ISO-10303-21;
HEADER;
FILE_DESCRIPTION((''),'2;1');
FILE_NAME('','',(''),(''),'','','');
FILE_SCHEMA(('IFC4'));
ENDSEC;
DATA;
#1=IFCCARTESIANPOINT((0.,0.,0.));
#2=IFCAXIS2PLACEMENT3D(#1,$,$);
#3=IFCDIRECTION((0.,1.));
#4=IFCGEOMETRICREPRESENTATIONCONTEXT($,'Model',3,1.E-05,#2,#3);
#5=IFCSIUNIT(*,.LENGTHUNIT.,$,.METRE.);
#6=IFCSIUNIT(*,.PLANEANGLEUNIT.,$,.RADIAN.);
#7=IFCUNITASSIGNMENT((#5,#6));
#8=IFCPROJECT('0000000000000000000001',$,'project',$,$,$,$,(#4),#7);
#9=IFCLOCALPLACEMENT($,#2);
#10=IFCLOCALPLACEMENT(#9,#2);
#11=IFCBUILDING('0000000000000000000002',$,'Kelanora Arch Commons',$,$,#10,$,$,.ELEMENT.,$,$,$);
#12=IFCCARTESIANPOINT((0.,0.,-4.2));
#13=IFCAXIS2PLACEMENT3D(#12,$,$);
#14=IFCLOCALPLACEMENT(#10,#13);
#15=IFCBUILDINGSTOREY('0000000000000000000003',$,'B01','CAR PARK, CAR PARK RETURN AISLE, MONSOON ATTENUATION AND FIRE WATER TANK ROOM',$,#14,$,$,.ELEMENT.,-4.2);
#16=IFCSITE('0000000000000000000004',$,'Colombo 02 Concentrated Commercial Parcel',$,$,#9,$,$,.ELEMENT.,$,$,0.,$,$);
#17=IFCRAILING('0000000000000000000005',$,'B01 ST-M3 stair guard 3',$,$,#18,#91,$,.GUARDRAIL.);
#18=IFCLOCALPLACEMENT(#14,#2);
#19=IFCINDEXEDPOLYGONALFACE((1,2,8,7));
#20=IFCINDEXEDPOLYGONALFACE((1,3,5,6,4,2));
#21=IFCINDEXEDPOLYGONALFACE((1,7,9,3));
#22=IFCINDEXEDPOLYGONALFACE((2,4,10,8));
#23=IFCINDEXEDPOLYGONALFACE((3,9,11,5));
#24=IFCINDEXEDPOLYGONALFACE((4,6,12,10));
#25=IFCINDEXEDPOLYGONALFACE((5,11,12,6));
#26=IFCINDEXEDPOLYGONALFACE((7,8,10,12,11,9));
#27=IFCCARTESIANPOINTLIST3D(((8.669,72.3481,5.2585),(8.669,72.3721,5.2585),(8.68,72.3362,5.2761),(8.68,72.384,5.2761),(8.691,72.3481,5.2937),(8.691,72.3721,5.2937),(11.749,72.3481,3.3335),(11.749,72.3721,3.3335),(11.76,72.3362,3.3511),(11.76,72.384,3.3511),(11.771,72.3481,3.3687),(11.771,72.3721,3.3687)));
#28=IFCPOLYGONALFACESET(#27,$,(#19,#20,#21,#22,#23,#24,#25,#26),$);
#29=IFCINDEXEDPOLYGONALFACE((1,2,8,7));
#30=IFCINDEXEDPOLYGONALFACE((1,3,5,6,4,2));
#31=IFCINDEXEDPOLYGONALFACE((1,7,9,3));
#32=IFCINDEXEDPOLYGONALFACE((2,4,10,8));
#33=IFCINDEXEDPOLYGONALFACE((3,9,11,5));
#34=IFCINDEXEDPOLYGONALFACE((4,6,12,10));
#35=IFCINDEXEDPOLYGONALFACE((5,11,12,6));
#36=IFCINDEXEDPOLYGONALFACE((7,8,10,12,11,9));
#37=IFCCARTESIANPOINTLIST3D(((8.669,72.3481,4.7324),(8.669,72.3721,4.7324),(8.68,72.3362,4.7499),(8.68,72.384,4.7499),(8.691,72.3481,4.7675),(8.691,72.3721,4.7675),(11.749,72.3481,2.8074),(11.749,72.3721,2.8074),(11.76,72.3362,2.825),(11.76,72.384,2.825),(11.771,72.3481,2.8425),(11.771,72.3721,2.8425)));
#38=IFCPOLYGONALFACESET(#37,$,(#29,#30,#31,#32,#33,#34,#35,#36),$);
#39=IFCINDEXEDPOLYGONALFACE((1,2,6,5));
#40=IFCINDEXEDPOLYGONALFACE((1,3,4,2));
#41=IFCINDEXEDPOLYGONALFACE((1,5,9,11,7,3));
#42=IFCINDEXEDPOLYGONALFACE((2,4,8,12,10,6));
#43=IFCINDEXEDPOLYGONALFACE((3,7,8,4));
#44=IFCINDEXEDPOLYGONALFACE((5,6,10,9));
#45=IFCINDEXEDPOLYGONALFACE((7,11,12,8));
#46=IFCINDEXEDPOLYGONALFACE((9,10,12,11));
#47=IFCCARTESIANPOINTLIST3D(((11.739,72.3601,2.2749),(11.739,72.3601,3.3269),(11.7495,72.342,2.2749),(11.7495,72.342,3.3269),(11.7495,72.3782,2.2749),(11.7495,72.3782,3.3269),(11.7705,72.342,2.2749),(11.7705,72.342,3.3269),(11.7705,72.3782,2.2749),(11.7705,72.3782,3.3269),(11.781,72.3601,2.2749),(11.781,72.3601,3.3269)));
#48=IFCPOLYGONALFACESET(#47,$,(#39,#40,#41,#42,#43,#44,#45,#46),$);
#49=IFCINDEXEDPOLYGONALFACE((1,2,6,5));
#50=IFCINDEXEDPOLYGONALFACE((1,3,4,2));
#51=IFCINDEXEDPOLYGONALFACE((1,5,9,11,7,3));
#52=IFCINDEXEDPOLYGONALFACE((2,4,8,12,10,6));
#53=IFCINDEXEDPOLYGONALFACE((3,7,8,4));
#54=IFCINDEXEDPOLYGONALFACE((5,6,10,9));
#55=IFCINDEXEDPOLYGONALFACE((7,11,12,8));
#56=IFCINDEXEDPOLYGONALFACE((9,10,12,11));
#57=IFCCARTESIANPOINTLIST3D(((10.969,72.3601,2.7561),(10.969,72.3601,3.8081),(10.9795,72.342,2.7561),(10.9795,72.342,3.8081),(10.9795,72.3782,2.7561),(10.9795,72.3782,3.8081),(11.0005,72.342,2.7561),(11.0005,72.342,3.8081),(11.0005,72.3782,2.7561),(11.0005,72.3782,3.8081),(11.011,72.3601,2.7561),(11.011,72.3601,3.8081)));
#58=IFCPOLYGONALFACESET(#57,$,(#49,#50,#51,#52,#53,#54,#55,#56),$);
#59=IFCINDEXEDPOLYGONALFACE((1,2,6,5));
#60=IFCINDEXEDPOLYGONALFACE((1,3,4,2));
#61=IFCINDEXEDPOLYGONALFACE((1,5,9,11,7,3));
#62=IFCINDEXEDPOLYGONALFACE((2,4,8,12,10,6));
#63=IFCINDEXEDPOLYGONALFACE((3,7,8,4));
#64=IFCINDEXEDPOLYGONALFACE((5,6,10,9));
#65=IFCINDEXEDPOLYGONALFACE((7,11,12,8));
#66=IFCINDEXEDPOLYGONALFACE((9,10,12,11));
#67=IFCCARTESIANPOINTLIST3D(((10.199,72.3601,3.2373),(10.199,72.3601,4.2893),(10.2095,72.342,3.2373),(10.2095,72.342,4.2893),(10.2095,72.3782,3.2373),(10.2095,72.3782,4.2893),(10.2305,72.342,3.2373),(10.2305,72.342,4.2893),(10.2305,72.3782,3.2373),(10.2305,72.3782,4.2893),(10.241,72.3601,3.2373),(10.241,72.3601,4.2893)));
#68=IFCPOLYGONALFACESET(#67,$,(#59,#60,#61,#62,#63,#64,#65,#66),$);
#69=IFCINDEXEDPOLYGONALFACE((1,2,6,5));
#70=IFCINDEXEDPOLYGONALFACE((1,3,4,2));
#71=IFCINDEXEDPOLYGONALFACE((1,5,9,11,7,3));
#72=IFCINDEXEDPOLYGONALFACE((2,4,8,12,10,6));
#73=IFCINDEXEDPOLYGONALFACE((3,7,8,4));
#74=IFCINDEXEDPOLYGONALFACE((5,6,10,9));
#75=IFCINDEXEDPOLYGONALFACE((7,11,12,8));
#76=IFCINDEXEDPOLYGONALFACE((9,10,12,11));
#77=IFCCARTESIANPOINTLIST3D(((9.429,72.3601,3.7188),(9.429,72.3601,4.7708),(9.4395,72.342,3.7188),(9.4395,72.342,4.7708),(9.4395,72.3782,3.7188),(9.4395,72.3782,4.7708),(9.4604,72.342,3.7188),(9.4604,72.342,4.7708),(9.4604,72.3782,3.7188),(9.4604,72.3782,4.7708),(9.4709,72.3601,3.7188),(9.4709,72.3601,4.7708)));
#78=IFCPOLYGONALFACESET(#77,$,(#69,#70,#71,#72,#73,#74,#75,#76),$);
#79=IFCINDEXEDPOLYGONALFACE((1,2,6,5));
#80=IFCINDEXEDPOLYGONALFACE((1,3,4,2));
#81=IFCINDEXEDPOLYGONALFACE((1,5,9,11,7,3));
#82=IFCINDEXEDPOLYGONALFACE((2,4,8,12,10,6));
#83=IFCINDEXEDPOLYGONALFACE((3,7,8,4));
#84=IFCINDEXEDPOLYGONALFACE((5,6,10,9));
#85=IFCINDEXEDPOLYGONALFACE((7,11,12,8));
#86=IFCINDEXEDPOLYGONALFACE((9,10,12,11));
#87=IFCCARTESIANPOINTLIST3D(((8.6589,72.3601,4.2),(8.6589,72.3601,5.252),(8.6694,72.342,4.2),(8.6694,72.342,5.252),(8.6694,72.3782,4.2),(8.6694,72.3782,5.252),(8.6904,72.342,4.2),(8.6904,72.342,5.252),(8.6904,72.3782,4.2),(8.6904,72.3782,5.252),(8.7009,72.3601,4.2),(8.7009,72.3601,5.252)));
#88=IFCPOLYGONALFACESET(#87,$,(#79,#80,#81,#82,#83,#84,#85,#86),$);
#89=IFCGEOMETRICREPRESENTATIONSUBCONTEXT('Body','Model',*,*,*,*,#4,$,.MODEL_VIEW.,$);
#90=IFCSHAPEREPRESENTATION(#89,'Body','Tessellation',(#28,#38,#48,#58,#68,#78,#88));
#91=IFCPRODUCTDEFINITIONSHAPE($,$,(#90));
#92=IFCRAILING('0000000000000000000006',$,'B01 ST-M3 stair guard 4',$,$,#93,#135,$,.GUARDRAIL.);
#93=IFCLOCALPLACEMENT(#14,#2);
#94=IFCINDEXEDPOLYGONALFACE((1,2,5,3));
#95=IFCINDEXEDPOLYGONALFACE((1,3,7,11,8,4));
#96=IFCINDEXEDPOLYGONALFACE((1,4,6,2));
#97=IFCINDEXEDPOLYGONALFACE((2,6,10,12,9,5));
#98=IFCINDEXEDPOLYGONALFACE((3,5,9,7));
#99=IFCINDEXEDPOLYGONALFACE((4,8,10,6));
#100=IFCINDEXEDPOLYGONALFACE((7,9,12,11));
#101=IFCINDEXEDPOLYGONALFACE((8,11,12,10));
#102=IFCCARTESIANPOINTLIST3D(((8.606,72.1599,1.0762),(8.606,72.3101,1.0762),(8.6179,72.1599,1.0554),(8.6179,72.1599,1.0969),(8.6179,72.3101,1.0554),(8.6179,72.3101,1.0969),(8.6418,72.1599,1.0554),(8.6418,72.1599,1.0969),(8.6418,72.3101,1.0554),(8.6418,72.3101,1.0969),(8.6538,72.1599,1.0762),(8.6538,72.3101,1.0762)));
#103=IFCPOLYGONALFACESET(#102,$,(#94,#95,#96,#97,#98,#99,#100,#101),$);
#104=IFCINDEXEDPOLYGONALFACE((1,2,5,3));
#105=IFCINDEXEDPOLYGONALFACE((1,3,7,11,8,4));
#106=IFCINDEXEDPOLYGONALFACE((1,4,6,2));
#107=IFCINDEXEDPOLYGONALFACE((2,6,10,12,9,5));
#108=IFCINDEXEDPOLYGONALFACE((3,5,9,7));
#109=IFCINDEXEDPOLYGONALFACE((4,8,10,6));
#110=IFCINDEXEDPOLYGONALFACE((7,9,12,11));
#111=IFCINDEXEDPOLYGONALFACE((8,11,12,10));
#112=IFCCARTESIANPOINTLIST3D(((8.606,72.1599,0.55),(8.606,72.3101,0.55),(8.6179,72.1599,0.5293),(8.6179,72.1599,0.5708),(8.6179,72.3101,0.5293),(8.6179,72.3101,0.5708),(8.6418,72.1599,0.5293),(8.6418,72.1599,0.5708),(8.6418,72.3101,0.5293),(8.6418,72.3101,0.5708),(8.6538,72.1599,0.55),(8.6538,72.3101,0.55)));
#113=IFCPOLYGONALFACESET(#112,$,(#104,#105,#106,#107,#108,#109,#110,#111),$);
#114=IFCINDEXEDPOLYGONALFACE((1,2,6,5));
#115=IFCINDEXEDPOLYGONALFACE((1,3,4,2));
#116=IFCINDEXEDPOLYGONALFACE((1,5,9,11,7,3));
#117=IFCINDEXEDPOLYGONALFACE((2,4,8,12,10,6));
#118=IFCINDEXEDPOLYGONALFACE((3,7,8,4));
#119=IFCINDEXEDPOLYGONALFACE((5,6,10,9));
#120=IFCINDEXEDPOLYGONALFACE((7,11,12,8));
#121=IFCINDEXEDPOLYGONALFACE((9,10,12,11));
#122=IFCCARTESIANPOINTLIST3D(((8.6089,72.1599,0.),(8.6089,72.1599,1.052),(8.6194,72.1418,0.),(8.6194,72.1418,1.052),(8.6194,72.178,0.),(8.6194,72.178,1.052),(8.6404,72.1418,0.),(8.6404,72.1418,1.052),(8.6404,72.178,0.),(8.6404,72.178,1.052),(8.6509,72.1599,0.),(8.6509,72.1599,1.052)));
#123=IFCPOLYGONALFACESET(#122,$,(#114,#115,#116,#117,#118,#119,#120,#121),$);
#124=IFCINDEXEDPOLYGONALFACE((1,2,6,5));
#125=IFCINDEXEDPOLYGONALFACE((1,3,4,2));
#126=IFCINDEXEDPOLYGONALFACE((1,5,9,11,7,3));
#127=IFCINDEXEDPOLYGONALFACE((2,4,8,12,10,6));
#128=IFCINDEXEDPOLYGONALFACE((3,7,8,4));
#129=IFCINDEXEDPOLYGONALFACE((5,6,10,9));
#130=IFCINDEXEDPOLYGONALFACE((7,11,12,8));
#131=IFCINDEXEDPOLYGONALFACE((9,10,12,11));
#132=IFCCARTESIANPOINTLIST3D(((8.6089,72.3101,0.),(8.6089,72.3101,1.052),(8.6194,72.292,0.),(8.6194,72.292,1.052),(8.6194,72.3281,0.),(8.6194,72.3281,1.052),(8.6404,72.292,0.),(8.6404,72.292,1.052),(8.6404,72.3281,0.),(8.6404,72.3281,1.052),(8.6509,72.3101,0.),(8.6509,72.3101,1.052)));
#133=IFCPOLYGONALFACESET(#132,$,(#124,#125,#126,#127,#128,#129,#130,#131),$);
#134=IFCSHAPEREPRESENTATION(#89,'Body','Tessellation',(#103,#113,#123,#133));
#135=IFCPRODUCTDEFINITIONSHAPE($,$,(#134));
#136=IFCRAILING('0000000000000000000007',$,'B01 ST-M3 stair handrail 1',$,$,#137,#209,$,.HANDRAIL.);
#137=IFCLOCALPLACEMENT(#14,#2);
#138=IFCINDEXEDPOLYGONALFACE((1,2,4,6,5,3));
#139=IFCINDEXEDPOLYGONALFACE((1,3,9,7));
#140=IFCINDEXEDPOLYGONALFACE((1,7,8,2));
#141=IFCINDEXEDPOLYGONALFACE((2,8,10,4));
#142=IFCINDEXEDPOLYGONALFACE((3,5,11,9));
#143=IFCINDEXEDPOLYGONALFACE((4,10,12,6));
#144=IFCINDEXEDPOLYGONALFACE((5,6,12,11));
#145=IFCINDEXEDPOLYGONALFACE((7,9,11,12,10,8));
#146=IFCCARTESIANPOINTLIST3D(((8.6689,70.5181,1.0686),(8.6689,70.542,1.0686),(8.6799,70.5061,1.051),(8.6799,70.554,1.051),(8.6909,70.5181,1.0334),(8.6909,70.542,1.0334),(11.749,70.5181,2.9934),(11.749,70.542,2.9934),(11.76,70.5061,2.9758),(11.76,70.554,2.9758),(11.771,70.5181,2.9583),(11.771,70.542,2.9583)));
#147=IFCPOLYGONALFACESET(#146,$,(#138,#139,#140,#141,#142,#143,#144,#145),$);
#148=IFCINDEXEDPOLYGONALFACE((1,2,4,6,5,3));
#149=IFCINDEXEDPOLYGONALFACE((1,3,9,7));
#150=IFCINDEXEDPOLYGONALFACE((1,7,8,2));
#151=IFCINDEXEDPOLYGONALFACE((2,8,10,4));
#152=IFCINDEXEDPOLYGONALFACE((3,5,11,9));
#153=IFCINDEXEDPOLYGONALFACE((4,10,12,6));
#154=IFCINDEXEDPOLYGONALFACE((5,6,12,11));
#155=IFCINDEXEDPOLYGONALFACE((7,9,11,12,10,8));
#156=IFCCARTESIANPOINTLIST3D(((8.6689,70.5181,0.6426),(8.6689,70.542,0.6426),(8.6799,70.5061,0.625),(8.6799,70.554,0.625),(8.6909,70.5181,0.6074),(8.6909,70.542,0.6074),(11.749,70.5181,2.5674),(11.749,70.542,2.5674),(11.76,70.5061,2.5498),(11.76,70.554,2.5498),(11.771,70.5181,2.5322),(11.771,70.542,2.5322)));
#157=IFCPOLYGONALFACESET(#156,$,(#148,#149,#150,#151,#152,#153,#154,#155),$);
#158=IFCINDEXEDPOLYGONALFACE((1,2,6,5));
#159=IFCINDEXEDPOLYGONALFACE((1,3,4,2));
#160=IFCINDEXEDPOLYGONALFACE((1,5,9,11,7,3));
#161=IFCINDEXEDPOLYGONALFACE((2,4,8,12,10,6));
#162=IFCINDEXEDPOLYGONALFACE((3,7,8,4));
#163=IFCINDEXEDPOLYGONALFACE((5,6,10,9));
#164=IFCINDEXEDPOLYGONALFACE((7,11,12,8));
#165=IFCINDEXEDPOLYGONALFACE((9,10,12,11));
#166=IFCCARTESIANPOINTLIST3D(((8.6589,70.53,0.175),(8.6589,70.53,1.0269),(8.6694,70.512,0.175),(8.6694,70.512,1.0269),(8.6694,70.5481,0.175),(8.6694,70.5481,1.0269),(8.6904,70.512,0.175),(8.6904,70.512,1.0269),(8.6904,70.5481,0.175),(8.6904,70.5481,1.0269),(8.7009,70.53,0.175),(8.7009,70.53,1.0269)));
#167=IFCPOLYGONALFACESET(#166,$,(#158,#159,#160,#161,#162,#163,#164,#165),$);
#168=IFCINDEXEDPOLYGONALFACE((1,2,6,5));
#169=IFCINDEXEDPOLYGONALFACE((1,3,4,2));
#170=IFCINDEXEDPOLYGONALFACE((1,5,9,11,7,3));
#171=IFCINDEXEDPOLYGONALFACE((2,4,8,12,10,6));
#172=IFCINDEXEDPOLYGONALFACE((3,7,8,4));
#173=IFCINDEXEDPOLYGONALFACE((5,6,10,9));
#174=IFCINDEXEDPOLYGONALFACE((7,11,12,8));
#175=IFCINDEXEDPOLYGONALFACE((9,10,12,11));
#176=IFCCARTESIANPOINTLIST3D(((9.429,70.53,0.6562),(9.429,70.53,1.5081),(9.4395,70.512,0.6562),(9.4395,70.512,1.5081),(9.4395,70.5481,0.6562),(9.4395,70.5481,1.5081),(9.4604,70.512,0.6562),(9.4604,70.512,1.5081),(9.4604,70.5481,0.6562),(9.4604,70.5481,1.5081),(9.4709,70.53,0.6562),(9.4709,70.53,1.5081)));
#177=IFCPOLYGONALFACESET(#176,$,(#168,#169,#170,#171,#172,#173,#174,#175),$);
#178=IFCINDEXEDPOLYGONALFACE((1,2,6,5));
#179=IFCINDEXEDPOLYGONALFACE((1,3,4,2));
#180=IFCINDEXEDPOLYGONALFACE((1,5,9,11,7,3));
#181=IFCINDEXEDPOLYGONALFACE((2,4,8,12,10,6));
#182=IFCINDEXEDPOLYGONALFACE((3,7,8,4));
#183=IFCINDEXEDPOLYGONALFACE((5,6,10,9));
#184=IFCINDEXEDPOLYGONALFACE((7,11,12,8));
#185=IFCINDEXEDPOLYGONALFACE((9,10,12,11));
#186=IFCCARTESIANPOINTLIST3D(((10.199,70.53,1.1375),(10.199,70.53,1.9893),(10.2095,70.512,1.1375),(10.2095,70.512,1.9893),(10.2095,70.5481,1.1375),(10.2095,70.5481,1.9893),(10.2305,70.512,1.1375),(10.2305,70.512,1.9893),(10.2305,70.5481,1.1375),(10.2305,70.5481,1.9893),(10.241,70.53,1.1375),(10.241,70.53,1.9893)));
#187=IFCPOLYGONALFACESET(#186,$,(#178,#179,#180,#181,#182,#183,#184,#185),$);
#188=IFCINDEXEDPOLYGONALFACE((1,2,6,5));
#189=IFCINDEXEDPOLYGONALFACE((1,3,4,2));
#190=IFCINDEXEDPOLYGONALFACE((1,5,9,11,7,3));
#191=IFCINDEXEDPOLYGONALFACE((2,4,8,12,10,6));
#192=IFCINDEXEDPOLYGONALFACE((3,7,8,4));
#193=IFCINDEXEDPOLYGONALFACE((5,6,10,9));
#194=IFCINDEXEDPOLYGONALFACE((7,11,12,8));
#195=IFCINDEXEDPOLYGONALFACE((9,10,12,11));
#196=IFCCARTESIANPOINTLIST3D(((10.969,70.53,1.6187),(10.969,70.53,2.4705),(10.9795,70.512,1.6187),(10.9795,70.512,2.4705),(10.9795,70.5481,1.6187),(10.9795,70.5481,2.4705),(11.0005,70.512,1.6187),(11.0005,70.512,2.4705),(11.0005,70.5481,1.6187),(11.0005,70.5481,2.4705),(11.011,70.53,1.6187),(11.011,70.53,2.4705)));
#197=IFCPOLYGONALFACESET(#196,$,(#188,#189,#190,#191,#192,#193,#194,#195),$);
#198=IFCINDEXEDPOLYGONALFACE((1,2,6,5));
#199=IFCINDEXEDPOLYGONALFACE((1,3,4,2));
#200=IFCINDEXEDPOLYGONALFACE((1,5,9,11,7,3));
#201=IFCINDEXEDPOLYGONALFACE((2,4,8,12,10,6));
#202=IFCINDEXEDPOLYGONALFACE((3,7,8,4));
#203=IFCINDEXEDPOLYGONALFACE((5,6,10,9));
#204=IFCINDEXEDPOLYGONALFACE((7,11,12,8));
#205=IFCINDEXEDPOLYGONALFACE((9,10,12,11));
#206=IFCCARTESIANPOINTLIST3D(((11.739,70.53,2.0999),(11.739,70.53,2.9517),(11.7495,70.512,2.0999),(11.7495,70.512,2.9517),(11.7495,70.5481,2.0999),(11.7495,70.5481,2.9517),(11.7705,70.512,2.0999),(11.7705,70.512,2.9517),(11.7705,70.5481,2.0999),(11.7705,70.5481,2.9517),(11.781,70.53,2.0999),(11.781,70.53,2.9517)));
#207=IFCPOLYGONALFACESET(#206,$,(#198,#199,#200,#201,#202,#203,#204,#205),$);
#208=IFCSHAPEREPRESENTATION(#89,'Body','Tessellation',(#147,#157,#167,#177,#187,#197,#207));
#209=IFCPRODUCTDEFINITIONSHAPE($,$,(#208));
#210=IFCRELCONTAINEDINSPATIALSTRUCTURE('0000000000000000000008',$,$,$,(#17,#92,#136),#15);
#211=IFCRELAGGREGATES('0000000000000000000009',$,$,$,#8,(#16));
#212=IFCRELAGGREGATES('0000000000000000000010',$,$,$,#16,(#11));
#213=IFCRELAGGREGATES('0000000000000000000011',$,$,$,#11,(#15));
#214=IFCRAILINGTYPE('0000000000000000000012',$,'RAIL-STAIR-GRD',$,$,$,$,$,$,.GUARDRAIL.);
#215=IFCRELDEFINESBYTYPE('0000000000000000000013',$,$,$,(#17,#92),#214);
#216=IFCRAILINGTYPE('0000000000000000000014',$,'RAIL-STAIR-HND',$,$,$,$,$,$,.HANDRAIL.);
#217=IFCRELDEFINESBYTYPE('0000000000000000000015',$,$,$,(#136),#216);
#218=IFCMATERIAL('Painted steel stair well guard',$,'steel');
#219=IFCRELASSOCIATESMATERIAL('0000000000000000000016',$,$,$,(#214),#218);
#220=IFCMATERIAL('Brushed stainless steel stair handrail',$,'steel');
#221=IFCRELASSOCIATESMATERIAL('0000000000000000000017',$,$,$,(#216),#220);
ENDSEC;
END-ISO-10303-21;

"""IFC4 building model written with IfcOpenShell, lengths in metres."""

from ifc_helpers import new_model, si_unit, direction, frame, origin, place, context, subcontext, project, spatial, polyline, outline, extrude, material, type_object, element, save


model = new_model("IFC4")

# Units and contexts
model_context = context("Model", 3, precision=1e-05, world=origin(), true_north=direction((0.0, 1.0)))
body_context = subcontext(model_context, "Body", "Model", "MODEL_VIEW")
ifc_project = project(units=[si_unit("LENGTHUNIT", "METRE"), si_unit("PLANEANGLEUNIT", "RADIAN")], contexts=[model_context])

# Site, building, storey
site_placement = place(None, origin())
site = spatial("IfcSite", under=ifc_project, at=site_placement, Name="Colombo 02 Concentrated Commercial Parcel", CompositionType="ELEMENT", RefElevation=0.0)
building_placement = place(site_placement, origin())
building = spatial("IfcBuilding", under=site, at=building_placement, Name="Kelanora Arch Commons", CompositionType="ELEMENT")
storey_placement = place(building_placement, frame((0.0, 0.0, -4.2)))
storey = spatial("IfcBuildingStorey", under=building, at=storey_placement, Name="B01", Description="CAR PARK, CAR PARK RETURN AISLE, MONSOON ATTENUATION AND FIRE WATER TANK ROOM", CompositionType="ELEMENT", Elevation=-4.2)

# Railings
ifc_material_1 = material(Name="Painted steel stair well guard", Category="steel")
railing_type_1 = type_object("IfcRailingType", Name="RAIL-STAIR-GRD", PredefinedType="GUARDRAIL", material=ifc_material_1)
railing_1_placement = place(storey_placement, frame((11.76, 72.3601, 2.2749)))
element("IfcRailing", 1, at=railing_1_placement, inside=storey, type_object=railing_type_1, Name="B01 ST-M3 stair guard 3", PredefinedType="GUARDRAIL", context=body_context, shape_type="SweptSolid", body=[
    extrude(outline(polyline([(0.0239, 0.0), (0.012, 0.0208), (-0.012, 0.0208), (-0.0239, 0.0), (-0.012, -0.0208), (0.012, -0.0208), (0.0239, 0.0)])), frame((0.0, 0.0, 1.0762), z_axis=(-0.847998, 0.0, 0.529999), x_axis=(0.0, -1.0, 0.0)), (0.0, 0.0, 1.0), 3.6321),
    extrude(outline(polyline([(0.0239, 0.0), (0.012, 0.0208), (-0.012, 0.0208), (-0.0239, 0.0), (-0.012, -0.0208), (0.012, -0.0208), (0.0239, 0.0)])), frame((0.0, 0.0, 0.55), z_axis=(-0.847998, 0.0, 0.529999), x_axis=(0.0, -1.0, 0.0)), (0.0, 0.0, 1.0), 3.6321),
    extrude(outline(polyline([(0.021, 0.0), (0.0105, 0.0181), (-0.0105, 0.0181), (-0.021, 0.0), (-0.0105, -0.0181), (0.0105, -0.0181), (0.021, 0.0)])), origin(), (0.0, 0.0, 1.0), 1.052),
    extrude(outline(polyline([(0.021, 0.0), (0.0105, 0.0181), (-0.0105, 0.0181), (-0.021, 0.0), (-0.0105, -0.0181), (0.0105, -0.0181), (0.021, 0.0)])), frame((-0.77, 0.0, 0.4812)), (0.0, 0.0, 1.0), 1.052),
    extrude(outline(polyline([(0.021, 0.0), (0.0105, 0.0181), (-0.0105, 0.0181), (-0.021, 0.0), (-0.0105, -0.0181), (0.0105, -0.0181), (0.021, 0.0)])), frame((-1.54, 0.0, 0.9624)), (0.0, 0.0, 1.0), 1.052),
    extrude(outline(polyline([(0.021, 0.0), (0.0105, 0.0181), (-0.0105, 0.0181), (-0.021, 0.0), (-0.0105, -0.0181), (0.0105, -0.0181), (0.021, 0.0)])), frame((-2.3101, 0.0, 1.4438)), (0.0, 0.0, 1.0), 1.052),
    extrude(outline(polyline([(0.021, 0.0), (0.0105, 0.0181), (-0.0105, 0.0181), (-0.021, 0.0), (-0.0105, -0.0181), (0.0105, -0.0181), (0.021, 0.0)])), frame((-3.0801, 0.0, 1.925)), (0.0, 0.0, 1.0), 1.052),
])
railing_2_placement = place(storey_placement, frame((8.6299, 72.1599, 0.0)))
element("IfcRailing", 2, at=railing_2_placement, inside=storey, type_object=railing_type_1, Name="B01 ST-M3 stair guard 4", PredefinedType="GUARDRAIL", context=body_context, shape_type="SweptSolid", body=[
    extrude(outline(polyline([(0.0239, 0.0), (0.012, 0.0208), (-0.012, 0.0208), (-0.0239, 0.0), (-0.012, -0.0208), (0.012, -0.0208), (0.0239, 0.0)])), frame((0.0, 0.0, 1.0762), z_axis=(0.0, 1.0, 0.0), x_axis=(-1.0, 0.0, 0.0)), (0.0, 0.0, 1.0), 0.1501),
    extrude(outline(polyline([(0.0239, 0.0), (0.012, 0.0208), (-0.012, 0.0208), (-0.0239, 0.0), (-0.012, -0.0208), (0.012, -0.0208), (0.0239, 0.0)])), frame((0.0, 0.0, 0.55), z_axis=(0.0, 1.0, 0.0), x_axis=(-1.0, 0.0, 0.0)), (0.0, 0.0, 1.0), 0.1501),
    extrude(outline(polyline([(0.021, 0.0), (0.0105, 0.0181), (-0.0105, 0.0181), (-0.021, 0.0), (-0.0105, -0.0181), (0.0105, -0.0181), (0.021, 0.0)])), origin(), (0.0, 0.0, 1.0), 1.052),
    extrude(outline(polyline([(0.021, 0.0), (0.0105, 0.0181), (-0.0105, 0.0181), (-0.021, 0.0), (-0.0105, -0.0181), (0.0105, -0.0181), (0.021, 0.0)])), frame((0.0, 0.1501, 0.0)), (0.0, 0.0, 1.0), 1.052),
])
ifc_material_2 = material(Name="Brushed stainless steel stair handrail", Category="steel")
railing_type_2 = type_object("IfcRailingType", Name="RAIL-STAIR-HND", PredefinedType="HANDRAIL", material=ifc_material_2)
railing_3_placement = place(storey_placement, frame((8.6799, 70.53, 0.175)))
element("IfcRailing", 3, at=railing_3_placement, inside=storey, type_object=railing_type_2, Name="B01 ST-M3 stair handrail 1", PredefinedType="HANDRAIL", context=body_context, shape_type="SweptSolid", body=[
    extrude(outline(polyline([(0.0239, 0.0), (0.012, 0.0208), (-0.012, 0.0208), (-0.0239, 0.0), (-0.012, -0.0208), (0.012, -0.0208), (0.0239, 0.0)])), frame((0.0, 0.0, 0.876), z_axis=(0.848029, 0.0, 0.529951), x_axis=(0.0, 1.0, 0.0)), (0.0, 0.0, 1.0), 3.6321),
    extrude(outline(polyline([(0.0239, 0.0), (0.012, 0.0208), (-0.012, 0.0208), (-0.0239, 0.0), (-0.012, -0.0208), (0.012, -0.0208), (0.0239, 0.0)])), frame((0.0, 0.0, 0.45), z_axis=(0.848029, 0.0, 0.529951), x_axis=(0.0, 1.0, 0.0)), (0.0, 0.0, 1.0), 3.6321),
    extrude(outline(polyline([(0.021, 0.0), (0.0105, 0.0181), (-0.0105, 0.0181), (-0.021, 0.0), (-0.0105, -0.0181), (0.0105, -0.0181), (0.021, 0.0)])), origin(), (0.0, 0.0, 1.0), 0.8518),
    extrude(outline(polyline([(0.021, 0.0), (0.0105, 0.0181), (-0.0105, 0.0181), (-0.021, 0.0), (-0.0105, -0.0181), (0.0105, -0.0181), (0.021, 0.0)])), frame((0.77, 0.0, 0.4812)), (0.0, 0.0, 1.0), 0.8518),
    extrude(outline(polyline([(0.021, 0.0), (0.0105, 0.0181), (-0.0105, 0.0181), (-0.021, 0.0), (-0.0105, -0.0181), (0.0105, -0.0181), (0.021, 0.0)])), frame((1.54, 0.0, 0.9624)), (0.0, 0.0, 1.0), 0.8518),
    extrude(outline(polyline([(0.021, 0.0), (0.0105, 0.0181), (-0.0105, 0.0181), (-0.021, 0.0), (-0.0105, -0.0181), (0.0105, -0.0181), (0.021, 0.0)])), frame((2.3101, 0.0, 1.4436)), (0.0, 0.0, 1.0), 0.8518),
    extrude(outline(polyline([(0.021, 0.0), (0.0105, 0.0181), (-0.0105, 0.0181), (-0.021, 0.0), (-0.0105, -0.0181), (0.0105, -0.0181), (0.021, 0.0)])), frame((3.0801, 0.0, 1.9248)), (0.0, 0.0, 1.0), 0.8518),
])

save(model, "model.ifc")
